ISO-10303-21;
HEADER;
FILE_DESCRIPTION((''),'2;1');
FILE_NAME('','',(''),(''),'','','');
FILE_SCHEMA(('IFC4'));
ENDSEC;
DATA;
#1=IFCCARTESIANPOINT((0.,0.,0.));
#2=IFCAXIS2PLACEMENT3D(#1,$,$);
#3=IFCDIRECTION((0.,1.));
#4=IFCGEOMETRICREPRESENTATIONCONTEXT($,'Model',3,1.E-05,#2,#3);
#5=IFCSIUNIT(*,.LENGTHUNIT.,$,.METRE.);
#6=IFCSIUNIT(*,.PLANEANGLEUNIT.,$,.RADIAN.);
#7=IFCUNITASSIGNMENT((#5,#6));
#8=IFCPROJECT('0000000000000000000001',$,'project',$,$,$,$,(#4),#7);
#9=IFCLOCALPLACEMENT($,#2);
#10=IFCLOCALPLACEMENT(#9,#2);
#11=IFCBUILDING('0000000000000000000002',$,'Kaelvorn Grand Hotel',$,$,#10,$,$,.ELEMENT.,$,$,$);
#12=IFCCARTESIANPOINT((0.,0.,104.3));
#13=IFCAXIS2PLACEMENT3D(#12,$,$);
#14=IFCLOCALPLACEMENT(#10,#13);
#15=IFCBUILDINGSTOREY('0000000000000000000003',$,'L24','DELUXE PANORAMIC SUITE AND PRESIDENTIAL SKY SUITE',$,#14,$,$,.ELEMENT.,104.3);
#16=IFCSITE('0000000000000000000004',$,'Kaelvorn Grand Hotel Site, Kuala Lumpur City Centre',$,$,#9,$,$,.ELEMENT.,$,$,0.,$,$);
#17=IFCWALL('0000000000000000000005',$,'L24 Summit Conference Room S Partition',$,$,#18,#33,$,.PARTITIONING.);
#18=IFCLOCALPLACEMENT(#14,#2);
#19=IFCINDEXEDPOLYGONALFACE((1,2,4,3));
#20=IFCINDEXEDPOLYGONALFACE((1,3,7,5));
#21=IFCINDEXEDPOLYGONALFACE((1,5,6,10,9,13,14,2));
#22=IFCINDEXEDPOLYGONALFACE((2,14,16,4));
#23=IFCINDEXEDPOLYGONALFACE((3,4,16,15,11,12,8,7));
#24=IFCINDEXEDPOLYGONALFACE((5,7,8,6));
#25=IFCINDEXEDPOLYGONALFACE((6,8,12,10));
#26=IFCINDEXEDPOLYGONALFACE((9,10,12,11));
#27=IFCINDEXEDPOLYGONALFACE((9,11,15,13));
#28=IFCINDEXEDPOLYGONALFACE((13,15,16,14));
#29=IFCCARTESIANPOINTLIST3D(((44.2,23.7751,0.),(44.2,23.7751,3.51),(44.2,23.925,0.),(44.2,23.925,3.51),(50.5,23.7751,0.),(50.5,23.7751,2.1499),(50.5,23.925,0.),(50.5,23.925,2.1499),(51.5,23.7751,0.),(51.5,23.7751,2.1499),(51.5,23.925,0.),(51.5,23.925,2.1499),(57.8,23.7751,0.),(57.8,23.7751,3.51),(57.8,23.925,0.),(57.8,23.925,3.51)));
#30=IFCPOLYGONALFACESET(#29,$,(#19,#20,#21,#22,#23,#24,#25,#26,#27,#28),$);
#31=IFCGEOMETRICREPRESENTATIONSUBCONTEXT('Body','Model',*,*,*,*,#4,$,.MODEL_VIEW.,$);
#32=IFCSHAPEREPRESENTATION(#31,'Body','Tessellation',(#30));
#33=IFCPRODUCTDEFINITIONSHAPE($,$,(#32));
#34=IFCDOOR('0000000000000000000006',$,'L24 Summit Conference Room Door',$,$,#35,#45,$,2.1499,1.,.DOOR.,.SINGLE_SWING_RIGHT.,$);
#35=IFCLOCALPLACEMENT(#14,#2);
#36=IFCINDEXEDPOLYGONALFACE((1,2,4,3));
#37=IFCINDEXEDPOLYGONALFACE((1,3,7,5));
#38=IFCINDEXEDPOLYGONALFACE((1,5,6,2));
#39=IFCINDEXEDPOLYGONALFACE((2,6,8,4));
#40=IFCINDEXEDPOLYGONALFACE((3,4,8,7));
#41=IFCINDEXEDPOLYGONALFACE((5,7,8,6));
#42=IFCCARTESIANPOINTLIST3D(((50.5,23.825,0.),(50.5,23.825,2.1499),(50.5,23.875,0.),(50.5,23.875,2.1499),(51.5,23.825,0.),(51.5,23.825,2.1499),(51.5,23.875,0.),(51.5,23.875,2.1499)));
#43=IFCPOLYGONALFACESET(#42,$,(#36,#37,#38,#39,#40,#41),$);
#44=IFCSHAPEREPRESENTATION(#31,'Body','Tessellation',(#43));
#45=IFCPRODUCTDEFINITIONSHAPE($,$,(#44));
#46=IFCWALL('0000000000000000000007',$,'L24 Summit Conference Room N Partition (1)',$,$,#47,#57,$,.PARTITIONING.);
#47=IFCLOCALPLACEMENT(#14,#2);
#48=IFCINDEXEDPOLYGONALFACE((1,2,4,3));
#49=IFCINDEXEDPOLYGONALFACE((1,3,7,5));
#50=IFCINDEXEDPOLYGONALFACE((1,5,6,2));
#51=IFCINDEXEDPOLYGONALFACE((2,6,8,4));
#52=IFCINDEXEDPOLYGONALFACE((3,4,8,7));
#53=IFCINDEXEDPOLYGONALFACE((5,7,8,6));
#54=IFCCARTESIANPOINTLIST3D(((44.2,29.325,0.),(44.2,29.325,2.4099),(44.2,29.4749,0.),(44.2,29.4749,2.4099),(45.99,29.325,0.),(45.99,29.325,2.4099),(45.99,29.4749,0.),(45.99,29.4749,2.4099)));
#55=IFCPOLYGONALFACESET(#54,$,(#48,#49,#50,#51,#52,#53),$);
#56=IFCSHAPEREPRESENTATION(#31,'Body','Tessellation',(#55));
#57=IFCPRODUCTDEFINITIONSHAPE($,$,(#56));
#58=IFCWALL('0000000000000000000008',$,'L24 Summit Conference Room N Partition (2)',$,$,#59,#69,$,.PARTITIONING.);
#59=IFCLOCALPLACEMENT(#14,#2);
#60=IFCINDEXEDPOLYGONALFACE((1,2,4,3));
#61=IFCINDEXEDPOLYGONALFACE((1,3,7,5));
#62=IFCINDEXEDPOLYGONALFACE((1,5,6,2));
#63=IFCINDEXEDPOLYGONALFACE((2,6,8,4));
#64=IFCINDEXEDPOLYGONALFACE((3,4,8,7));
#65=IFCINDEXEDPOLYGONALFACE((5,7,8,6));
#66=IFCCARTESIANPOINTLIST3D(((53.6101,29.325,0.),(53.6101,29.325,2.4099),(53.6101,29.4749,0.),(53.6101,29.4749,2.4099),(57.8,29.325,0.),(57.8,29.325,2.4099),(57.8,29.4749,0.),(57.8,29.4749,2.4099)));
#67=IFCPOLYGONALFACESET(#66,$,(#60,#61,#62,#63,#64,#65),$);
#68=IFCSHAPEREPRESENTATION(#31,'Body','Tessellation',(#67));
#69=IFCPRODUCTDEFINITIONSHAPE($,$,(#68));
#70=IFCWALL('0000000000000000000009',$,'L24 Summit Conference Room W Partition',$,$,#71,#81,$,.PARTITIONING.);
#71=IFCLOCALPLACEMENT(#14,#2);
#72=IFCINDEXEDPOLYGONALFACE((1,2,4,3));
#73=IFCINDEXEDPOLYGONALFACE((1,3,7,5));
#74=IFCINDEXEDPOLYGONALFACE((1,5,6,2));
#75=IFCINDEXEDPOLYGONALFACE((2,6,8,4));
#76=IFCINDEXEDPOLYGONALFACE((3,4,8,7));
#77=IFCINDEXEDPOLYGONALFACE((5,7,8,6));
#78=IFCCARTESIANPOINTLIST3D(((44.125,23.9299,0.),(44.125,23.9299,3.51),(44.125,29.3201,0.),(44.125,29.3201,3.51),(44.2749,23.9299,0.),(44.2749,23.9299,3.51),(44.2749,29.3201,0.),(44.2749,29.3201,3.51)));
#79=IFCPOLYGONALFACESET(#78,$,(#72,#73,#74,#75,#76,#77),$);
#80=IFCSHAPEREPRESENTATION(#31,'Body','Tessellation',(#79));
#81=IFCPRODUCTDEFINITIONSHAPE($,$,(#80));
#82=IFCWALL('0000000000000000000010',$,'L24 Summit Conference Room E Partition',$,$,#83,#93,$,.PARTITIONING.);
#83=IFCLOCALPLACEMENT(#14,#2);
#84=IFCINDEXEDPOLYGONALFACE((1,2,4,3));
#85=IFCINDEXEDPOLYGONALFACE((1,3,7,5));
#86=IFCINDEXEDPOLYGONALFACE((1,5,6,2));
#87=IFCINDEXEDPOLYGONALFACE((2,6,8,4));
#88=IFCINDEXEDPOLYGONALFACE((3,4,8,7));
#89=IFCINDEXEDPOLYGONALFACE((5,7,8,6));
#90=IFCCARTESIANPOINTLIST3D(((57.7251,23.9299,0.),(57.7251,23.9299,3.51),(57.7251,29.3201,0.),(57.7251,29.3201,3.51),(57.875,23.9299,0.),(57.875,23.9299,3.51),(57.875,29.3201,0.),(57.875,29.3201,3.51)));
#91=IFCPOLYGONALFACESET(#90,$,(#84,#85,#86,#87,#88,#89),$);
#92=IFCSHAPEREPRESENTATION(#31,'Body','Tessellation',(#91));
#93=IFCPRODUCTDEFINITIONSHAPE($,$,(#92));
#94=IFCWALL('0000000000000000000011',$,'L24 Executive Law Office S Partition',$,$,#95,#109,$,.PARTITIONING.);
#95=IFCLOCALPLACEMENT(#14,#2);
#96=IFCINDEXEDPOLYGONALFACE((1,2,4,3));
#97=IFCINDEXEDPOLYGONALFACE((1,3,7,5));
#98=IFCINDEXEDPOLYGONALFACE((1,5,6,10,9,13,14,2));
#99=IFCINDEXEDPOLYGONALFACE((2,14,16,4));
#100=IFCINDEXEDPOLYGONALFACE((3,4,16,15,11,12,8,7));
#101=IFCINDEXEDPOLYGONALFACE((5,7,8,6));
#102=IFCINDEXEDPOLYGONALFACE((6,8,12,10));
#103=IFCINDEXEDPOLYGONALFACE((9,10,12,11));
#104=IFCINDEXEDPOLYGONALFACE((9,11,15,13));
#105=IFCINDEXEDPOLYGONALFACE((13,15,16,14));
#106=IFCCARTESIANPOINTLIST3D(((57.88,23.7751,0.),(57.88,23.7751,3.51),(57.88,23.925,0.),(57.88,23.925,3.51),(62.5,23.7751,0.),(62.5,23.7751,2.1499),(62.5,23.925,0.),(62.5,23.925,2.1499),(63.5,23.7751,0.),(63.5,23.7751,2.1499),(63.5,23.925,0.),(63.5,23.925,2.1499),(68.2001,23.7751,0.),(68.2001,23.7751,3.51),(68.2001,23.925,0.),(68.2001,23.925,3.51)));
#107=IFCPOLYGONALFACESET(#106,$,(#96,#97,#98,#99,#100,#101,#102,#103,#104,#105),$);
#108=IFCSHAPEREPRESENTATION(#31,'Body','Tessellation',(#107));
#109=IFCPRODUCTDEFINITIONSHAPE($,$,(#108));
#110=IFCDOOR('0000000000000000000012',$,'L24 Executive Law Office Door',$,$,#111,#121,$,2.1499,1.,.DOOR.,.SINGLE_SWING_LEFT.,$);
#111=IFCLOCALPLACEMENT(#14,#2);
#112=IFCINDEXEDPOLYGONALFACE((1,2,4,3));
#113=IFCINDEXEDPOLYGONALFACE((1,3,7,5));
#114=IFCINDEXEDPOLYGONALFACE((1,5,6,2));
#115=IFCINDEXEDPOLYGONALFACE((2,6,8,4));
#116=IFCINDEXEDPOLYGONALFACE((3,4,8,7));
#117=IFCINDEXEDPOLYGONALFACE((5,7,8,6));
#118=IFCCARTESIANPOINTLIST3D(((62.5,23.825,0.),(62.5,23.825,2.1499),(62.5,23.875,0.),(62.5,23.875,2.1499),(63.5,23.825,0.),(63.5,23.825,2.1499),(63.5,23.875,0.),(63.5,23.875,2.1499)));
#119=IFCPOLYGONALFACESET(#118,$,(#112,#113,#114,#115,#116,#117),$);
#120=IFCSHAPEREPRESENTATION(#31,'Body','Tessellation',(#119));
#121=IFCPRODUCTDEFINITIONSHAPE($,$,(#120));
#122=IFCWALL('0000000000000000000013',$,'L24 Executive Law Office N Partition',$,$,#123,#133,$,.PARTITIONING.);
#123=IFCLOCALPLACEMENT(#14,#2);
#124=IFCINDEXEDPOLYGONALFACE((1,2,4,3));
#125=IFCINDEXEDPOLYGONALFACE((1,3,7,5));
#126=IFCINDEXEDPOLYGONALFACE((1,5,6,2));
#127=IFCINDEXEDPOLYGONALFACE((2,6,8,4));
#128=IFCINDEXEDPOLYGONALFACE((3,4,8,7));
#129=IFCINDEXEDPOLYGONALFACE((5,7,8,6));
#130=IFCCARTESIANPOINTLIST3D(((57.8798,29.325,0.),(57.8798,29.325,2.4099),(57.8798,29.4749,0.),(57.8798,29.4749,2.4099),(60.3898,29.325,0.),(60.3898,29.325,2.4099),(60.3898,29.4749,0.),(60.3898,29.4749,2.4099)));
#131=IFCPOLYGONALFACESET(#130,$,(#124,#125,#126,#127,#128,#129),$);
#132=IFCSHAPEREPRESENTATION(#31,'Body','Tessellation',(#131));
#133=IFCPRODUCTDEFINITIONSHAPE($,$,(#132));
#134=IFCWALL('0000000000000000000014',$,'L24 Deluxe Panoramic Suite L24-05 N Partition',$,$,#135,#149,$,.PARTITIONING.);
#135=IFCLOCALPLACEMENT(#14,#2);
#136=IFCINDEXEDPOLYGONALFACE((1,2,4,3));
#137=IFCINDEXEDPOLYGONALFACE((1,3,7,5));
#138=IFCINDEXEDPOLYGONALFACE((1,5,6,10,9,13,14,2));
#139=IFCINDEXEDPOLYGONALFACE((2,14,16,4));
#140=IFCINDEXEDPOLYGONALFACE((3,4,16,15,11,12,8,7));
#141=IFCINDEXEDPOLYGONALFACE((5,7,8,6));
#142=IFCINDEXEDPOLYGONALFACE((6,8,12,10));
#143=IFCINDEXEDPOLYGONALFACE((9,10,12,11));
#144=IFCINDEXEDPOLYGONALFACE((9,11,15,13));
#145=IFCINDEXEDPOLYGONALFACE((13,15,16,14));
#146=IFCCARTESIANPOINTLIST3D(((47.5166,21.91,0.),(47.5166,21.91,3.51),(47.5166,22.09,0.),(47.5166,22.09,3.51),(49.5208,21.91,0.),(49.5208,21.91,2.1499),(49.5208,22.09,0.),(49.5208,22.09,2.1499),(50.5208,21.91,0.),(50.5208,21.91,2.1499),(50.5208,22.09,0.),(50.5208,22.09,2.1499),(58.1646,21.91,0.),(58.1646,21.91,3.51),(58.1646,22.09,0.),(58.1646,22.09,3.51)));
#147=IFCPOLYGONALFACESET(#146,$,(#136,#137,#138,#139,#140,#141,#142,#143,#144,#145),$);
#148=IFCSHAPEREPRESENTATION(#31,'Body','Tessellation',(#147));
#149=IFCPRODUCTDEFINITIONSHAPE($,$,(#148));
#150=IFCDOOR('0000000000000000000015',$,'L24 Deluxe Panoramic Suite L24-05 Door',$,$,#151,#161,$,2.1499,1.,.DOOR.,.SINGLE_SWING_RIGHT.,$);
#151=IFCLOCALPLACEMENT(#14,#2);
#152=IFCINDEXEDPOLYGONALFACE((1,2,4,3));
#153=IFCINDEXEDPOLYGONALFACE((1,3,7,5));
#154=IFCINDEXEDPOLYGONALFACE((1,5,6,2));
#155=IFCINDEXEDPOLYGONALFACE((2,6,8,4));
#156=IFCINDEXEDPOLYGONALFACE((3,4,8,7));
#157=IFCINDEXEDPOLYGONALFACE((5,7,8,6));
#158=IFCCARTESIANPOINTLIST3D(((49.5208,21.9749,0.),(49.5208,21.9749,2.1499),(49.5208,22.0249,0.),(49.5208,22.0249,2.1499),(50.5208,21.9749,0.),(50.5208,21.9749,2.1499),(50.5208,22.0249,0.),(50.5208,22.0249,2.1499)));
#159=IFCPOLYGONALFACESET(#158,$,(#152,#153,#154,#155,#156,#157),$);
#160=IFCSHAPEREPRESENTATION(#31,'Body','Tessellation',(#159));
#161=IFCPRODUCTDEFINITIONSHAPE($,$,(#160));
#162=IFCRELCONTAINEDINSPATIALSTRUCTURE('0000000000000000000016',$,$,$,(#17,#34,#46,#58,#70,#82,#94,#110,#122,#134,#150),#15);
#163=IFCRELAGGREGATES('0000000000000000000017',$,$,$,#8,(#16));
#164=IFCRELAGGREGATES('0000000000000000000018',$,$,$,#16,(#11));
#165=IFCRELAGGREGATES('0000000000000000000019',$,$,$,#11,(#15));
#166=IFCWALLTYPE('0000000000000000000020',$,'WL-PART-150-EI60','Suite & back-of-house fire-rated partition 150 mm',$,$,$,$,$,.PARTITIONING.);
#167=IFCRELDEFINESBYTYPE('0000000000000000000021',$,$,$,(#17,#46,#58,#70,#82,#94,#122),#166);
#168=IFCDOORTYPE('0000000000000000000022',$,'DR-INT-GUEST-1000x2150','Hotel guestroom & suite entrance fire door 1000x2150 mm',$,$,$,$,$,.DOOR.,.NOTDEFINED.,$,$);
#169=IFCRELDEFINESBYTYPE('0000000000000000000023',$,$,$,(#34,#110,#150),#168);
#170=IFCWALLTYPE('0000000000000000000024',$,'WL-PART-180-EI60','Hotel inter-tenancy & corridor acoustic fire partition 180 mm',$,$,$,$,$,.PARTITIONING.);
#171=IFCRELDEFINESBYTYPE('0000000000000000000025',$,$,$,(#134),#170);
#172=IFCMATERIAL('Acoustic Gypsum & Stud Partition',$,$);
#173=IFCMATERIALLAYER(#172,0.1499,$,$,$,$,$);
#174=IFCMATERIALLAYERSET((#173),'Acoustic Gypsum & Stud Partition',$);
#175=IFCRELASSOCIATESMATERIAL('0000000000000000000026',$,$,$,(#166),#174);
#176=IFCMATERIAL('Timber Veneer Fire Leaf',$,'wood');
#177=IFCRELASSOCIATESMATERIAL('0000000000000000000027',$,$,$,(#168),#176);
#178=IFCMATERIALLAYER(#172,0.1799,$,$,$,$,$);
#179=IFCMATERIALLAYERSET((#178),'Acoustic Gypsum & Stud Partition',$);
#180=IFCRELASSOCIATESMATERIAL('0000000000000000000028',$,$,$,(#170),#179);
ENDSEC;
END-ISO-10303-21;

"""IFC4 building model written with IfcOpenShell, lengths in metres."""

from ifc_helpers import new_model, si_unit, direction, frame, frame_2d, origin, place, context, subcontext, project, spatial, rectangle, extrude, material, layer, layer_set, type_object, element, fill, save


model = new_model("IFC4")

# Units and contexts
model_context = context("Model", 3, precision=1e-05, world=origin(), true_north=direction((0.0, 1.0)))
body_context = subcontext(model_context, "Body", "Model", "MODEL_VIEW")
ifc_project = project(units=[si_unit("LENGTHUNIT", "METRE"), si_unit("PLANEANGLEUNIT", "RADIAN")], contexts=[model_context])

# Site, building, storey
site_placement = place(None, origin())
site = spatial("IfcSite", under=ifc_project, at=site_placement, Name="Kaelvorn Grand Hotel Site, Kuala Lumpur City Centre", CompositionType="ELEMENT", RefElevation=0.0)
building_placement = place(site_placement, origin())
building = spatial("IfcBuilding", under=site, at=building_placement, Name="Kaelvorn Grand Hotel", CompositionType="ELEMENT")
storey_placement = place(building_placement, frame((0.0, 0.0, 104.3)))
storey = spatial("IfcBuildingStorey", under=building, at=storey_placement, Name="L24", Description="DELUXE PANORAMIC SUITE AND PRESIDENTIAL SKY SUITE", CompositionType="ELEMENT", Elevation=104.3)

# Wall, opening, door
ifc_material_1 = material(Name="Acoustic Gypsum & Stud Partition")
ifc_layer_1 = layer(ifc_material_1, 0.1499)
ifc_layer_set_1 = layer_set([ifc_layer_1], Name="Acoustic Gypsum & Stud Partition")
wall_type_1 = type_object("IfcWallType", Name="WL-PART-150-EI60", Description="Suite & back-of-house fire-rated partition 150 mm", PredefinedType="PARTITIONING", material=ifc_layer_set_1)
wall_1_placement = place(storey_placement, frame((44.2, 23.8501, 0.0), z_axis=(0.0, 0.0, 1.0), x_axis=(1.0, 0.0, 0.0)))
wall_1 = element("IfcWall", 1, at=wall_1_placement, inside=storey, type_object=wall_type_1, Name="L24 Summit Conference Room S Partition", PredefinedType="PARTITIONING", context=body_context, shape_type="SweptSolid", body=[
    extrude(rectangle(XDim=13.6001, YDim=0.1499, at=frame_2d((6.8, 0.0))), origin(), (0.0, 0.0, 1.0), 3.51),
])
opening_1_placement = place(wall_1_placement, frame((6.3, 0.0, 0.0)))
opening_1 = element("IfcOpeningElement", 2, at=opening_1_placement, cuts=wall_1, PredefinedType="OPENING", context=body_context, shape_type="SweptSolid", body=[
    extrude(rectangle(XDim=1.0, YDim=2.1499, at=frame_2d((0.5, 1.075))), frame((0.0, 0.085, 0.0), z_axis=(0.0, -1.0, 0.0), x_axis=(1.0, 0.0, 0.0)), (0.0, 0.0, 1.0), 0.1699),
])
ifc_material_2 = material(Name="Timber Veneer Fire Leaf", Category="wood")
door_type_1 = type_object("IfcDoorType", Name="DR-INT-GUEST-1000x2150", Description="Hotel guestroom & suite entrance fire door 1000x2150 mm", OperationType="NOTDEFINED", PredefinedType="DOOR", material=ifc_material_2)
door_1_placement = place(opening_1_placement, origin())
door_1 = element("IfcDoor", 3, at=door_1_placement, inside=storey, type_object=door_type_1, Name="L24 Summit Conference Room Door", OperationType="SINGLE_SWING_RIGHT", OverallHeight=2.1499, OverallWidth=1.0, PredefinedType="DOOR", context=body_context, shape_type="SweptSolid", body=[
    extrude(rectangle(XDim=1.0, YDim=2.1499, at=frame_2d((0.5, 1.075))), frame((0.0, 0.0249, 0.0), z_axis=(0.0, -1.0, 0.0), x_axis=(1.0, 0.0, 0.0)), (0.0, 0.0, 1.0), 0.05),
])
fill(opening_1, door_1)

# Walls
wall_2_placement = place(storey_placement, frame((44.2, 29.3999, 0.0), z_axis=(0.0, 0.0, 1.0), x_axis=(1.0, 0.0, 0.0)))
element("IfcWall", 4, at=wall_2_placement, inside=storey, type_object=wall_type_1, Name="L24 Summit Conference Room N Partition (1)", PredefinedType="PARTITIONING", context=body_context, shape_type="SweptSolid", body=[
    extrude(rectangle(XDim=1.79, YDim=0.1499, at=frame_2d((0.895, 0.0))), origin(), (0.0, 0.0, 1.0), 2.4099),
])
wall_3_placement = place(storey_placement, frame((53.6101, 29.3999, 0.0), z_axis=(0.0, 0.0, 1.0), x_axis=(1.0, 0.0, 0.0)))
element("IfcWall", 5, at=wall_3_placement, inside=storey, type_object=wall_type_1, Name="L24 Summit Conference Room N Partition (2)", PredefinedType="PARTITIONING", context=body_context, shape_type="SweptSolid", body=[
    extrude(rectangle(XDim=4.1899, YDim=0.1499, at=frame_2d((2.095, 0.0))), origin(), (0.0, 0.0, 1.0), 2.4099),
])
for number, where, z_axis, x_axis, name in (
    (6, (44.2, 23.9299, 0.0), (0.0, 0.0, 1.0), (0.0, 1.0, 0.0), "L24 Summit Conference Room W Partition"),
    (7, (57.8, 23.9299, 0.0), (0.0, 0.0, 1.0), (0.0, 1.0, 0.0), "L24 Summit Conference Room E Partition"),
):
    element("IfcWall", number, at=place(storey_placement, frame(where, z_axis=z_axis, x_axis=x_axis)), inside=storey, type_object=wall_type_1, Name=name, PredefinedType="PARTITIONING", context=body_context, shape_type="SweptSolid", body=[
        extrude(rectangle(XDim=5.3901, YDim=0.1499, at=frame_2d((2.6951, 0.0))), origin(), (0.0, 0.0, 1.0), 3.51),
    ])

# Wall, opening, door
wall_4_placement = place(storey_placement, frame((57.8799, 23.8501, 0.0), z_axis=(0.0, 0.0, 1.0), x_axis=(1.0, 0.0, 0.0)))
wall_4 = element("IfcWall", 8, at=wall_4_placement, inside=storey, type_object=wall_type_1, Name="L24 Executive Law Office S Partition", PredefinedType="PARTITIONING", context=body_context, shape_type="SweptSolid", body=[
    extrude(rectangle(XDim=10.3201, YDim=0.1499, at=frame_2d((5.1602, 0.0))), origin(), (0.0, 0.0, 1.0), 3.51),
])
opening_2_placement = place(wall_4_placement, frame((4.6201, 0.0, 0.0)))
opening_2 = element("IfcOpeningElement", 9, at=opening_2_placement, cuts=wall_4, PredefinedType="OPENING", context=body_context, shape_type="SweptSolid", body=[
    extrude(rectangle(XDim=1.0, YDim=2.1499, at=frame_2d((0.5, 1.075))), frame((0.0, 0.085, 0.0), z_axis=(0.0, -1.0, 0.0), x_axis=(1.0, 0.0, 0.0)), (0.0, 0.0, 1.0), 0.1699),
])
door_2_placement = place(opening_2_placement, origin())
door_2 = element("IfcDoor", 10, at=door_2_placement, inside=storey, type_object=door_type_1, Name="L24 Executive Law Office Door", OperationType="SINGLE_SWING_LEFT", OverallHeight=2.1499, OverallWidth=1.0, PredefinedType="DOOR", context=body_context, shape_type="SweptSolid", body=[
    extrude(rectangle(XDim=1.0, YDim=2.1499, at=frame_2d((0.5, 1.075))), frame((0.0, 0.0249, 0.0), z_axis=(0.0, -1.0, 0.0), x_axis=(1.0, 0.0, 0.0)), (0.0, 0.0, 1.0), 0.05),
])
fill(opening_2, door_2)

# Wall
wall_5_placement = place(storey_placement, frame((57.8799, 29.3999, 0.0), z_axis=(0.0, 0.0, 1.0), x_axis=(1.0, 0.0, 0.0)))
element("IfcWall", 11, at=wall_5_placement, inside=storey, type_object=wall_type_1, Name="L24 Executive Law Office N Partition", PredefinedType="PARTITIONING", context=body_context, shape_type="SweptSolid", body=[
    extrude(rectangle(XDim=2.51, YDim=0.1499, at=frame_2d((1.2549, 0.0))), origin(), (0.0, 0.0, 1.0), 2.4099),
])

# Wall, opening, door
ifc_layer_2 = layer(ifc_material_1, 0.1799)
ifc_layer_set_2 = layer_set([ifc_layer_2], Name="Acoustic Gypsum & Stud Partition")
wall_type_2 = type_object("IfcWallType", Name="WL-PART-180-EI60", Description="Hotel inter-tenancy & corridor acoustic fire partition 180 mm", PredefinedType="PARTITIONING", material=ifc_layer_set_2)
wall_6_placement = place(storey_placement, frame((47.5166, 22.0, 0.0), z_axis=(0.0, 0.0, 1.0), x_axis=(1.0, 0.0, 0.0)))
wall_6 = element("IfcWall", 12, at=wall_6_placement, inside=storey, type_object=wall_type_2, Name="L24 Deluxe Panoramic Suite L24-05 N Partition", PredefinedType="PARTITIONING", context=body_context, shape_type="SweptSolid", body=[
    extrude(rectangle(XDim=10.6479, YDim=0.1799, at=frame_2d((5.324, 0.0))), origin(), (0.0, 0.0, 1.0), 3.51),
])
opening_3_placement = place(wall_6_placement, frame((2.0042, 0.0, 0.0)))
opening_3 = element("IfcOpeningElement", 13, at=opening_3_placement, cuts=wall_6, PredefinedType="OPENING", context=body_context, shape_type="SweptSolid", body=[
    extrude(rectangle(XDim=1.0, YDim=2.1499, at=frame_2d((0.5, 1.075))), frame((0.0, 0.1001, 0.0), z_axis=(0.0, -1.0, 0.0), x_axis=(1.0, 0.0, 0.0)), (0.0, 0.0, 1.0), 0.2),
])
door_3_placement = place(opening_3_placement, origin())
door_3 = element("IfcDoor", 14, at=door_3_placement, inside=storey, type_object=door_type_1, Name="L24 Deluxe Panoramic Suite L24-05 Door", OperationType="SINGLE_SWING_RIGHT", OverallHeight=2.1499, OverallWidth=1.0, PredefinedType="DOOR", context=body_context, shape_type="SweptSolid", body=[
    extrude(rectangle(XDim=1.0, YDim=2.1499, at=frame_2d((0.5, 1.075))), frame((0.0, 0.0249, 0.0), z_axis=(0.0, -1.0, 0.0), x_axis=(1.0, 0.0, 0.0)), (0.0, 0.0, 1.0), 0.05),
])
fill(opening_3, door_3)

save(model, "model.ifc")
